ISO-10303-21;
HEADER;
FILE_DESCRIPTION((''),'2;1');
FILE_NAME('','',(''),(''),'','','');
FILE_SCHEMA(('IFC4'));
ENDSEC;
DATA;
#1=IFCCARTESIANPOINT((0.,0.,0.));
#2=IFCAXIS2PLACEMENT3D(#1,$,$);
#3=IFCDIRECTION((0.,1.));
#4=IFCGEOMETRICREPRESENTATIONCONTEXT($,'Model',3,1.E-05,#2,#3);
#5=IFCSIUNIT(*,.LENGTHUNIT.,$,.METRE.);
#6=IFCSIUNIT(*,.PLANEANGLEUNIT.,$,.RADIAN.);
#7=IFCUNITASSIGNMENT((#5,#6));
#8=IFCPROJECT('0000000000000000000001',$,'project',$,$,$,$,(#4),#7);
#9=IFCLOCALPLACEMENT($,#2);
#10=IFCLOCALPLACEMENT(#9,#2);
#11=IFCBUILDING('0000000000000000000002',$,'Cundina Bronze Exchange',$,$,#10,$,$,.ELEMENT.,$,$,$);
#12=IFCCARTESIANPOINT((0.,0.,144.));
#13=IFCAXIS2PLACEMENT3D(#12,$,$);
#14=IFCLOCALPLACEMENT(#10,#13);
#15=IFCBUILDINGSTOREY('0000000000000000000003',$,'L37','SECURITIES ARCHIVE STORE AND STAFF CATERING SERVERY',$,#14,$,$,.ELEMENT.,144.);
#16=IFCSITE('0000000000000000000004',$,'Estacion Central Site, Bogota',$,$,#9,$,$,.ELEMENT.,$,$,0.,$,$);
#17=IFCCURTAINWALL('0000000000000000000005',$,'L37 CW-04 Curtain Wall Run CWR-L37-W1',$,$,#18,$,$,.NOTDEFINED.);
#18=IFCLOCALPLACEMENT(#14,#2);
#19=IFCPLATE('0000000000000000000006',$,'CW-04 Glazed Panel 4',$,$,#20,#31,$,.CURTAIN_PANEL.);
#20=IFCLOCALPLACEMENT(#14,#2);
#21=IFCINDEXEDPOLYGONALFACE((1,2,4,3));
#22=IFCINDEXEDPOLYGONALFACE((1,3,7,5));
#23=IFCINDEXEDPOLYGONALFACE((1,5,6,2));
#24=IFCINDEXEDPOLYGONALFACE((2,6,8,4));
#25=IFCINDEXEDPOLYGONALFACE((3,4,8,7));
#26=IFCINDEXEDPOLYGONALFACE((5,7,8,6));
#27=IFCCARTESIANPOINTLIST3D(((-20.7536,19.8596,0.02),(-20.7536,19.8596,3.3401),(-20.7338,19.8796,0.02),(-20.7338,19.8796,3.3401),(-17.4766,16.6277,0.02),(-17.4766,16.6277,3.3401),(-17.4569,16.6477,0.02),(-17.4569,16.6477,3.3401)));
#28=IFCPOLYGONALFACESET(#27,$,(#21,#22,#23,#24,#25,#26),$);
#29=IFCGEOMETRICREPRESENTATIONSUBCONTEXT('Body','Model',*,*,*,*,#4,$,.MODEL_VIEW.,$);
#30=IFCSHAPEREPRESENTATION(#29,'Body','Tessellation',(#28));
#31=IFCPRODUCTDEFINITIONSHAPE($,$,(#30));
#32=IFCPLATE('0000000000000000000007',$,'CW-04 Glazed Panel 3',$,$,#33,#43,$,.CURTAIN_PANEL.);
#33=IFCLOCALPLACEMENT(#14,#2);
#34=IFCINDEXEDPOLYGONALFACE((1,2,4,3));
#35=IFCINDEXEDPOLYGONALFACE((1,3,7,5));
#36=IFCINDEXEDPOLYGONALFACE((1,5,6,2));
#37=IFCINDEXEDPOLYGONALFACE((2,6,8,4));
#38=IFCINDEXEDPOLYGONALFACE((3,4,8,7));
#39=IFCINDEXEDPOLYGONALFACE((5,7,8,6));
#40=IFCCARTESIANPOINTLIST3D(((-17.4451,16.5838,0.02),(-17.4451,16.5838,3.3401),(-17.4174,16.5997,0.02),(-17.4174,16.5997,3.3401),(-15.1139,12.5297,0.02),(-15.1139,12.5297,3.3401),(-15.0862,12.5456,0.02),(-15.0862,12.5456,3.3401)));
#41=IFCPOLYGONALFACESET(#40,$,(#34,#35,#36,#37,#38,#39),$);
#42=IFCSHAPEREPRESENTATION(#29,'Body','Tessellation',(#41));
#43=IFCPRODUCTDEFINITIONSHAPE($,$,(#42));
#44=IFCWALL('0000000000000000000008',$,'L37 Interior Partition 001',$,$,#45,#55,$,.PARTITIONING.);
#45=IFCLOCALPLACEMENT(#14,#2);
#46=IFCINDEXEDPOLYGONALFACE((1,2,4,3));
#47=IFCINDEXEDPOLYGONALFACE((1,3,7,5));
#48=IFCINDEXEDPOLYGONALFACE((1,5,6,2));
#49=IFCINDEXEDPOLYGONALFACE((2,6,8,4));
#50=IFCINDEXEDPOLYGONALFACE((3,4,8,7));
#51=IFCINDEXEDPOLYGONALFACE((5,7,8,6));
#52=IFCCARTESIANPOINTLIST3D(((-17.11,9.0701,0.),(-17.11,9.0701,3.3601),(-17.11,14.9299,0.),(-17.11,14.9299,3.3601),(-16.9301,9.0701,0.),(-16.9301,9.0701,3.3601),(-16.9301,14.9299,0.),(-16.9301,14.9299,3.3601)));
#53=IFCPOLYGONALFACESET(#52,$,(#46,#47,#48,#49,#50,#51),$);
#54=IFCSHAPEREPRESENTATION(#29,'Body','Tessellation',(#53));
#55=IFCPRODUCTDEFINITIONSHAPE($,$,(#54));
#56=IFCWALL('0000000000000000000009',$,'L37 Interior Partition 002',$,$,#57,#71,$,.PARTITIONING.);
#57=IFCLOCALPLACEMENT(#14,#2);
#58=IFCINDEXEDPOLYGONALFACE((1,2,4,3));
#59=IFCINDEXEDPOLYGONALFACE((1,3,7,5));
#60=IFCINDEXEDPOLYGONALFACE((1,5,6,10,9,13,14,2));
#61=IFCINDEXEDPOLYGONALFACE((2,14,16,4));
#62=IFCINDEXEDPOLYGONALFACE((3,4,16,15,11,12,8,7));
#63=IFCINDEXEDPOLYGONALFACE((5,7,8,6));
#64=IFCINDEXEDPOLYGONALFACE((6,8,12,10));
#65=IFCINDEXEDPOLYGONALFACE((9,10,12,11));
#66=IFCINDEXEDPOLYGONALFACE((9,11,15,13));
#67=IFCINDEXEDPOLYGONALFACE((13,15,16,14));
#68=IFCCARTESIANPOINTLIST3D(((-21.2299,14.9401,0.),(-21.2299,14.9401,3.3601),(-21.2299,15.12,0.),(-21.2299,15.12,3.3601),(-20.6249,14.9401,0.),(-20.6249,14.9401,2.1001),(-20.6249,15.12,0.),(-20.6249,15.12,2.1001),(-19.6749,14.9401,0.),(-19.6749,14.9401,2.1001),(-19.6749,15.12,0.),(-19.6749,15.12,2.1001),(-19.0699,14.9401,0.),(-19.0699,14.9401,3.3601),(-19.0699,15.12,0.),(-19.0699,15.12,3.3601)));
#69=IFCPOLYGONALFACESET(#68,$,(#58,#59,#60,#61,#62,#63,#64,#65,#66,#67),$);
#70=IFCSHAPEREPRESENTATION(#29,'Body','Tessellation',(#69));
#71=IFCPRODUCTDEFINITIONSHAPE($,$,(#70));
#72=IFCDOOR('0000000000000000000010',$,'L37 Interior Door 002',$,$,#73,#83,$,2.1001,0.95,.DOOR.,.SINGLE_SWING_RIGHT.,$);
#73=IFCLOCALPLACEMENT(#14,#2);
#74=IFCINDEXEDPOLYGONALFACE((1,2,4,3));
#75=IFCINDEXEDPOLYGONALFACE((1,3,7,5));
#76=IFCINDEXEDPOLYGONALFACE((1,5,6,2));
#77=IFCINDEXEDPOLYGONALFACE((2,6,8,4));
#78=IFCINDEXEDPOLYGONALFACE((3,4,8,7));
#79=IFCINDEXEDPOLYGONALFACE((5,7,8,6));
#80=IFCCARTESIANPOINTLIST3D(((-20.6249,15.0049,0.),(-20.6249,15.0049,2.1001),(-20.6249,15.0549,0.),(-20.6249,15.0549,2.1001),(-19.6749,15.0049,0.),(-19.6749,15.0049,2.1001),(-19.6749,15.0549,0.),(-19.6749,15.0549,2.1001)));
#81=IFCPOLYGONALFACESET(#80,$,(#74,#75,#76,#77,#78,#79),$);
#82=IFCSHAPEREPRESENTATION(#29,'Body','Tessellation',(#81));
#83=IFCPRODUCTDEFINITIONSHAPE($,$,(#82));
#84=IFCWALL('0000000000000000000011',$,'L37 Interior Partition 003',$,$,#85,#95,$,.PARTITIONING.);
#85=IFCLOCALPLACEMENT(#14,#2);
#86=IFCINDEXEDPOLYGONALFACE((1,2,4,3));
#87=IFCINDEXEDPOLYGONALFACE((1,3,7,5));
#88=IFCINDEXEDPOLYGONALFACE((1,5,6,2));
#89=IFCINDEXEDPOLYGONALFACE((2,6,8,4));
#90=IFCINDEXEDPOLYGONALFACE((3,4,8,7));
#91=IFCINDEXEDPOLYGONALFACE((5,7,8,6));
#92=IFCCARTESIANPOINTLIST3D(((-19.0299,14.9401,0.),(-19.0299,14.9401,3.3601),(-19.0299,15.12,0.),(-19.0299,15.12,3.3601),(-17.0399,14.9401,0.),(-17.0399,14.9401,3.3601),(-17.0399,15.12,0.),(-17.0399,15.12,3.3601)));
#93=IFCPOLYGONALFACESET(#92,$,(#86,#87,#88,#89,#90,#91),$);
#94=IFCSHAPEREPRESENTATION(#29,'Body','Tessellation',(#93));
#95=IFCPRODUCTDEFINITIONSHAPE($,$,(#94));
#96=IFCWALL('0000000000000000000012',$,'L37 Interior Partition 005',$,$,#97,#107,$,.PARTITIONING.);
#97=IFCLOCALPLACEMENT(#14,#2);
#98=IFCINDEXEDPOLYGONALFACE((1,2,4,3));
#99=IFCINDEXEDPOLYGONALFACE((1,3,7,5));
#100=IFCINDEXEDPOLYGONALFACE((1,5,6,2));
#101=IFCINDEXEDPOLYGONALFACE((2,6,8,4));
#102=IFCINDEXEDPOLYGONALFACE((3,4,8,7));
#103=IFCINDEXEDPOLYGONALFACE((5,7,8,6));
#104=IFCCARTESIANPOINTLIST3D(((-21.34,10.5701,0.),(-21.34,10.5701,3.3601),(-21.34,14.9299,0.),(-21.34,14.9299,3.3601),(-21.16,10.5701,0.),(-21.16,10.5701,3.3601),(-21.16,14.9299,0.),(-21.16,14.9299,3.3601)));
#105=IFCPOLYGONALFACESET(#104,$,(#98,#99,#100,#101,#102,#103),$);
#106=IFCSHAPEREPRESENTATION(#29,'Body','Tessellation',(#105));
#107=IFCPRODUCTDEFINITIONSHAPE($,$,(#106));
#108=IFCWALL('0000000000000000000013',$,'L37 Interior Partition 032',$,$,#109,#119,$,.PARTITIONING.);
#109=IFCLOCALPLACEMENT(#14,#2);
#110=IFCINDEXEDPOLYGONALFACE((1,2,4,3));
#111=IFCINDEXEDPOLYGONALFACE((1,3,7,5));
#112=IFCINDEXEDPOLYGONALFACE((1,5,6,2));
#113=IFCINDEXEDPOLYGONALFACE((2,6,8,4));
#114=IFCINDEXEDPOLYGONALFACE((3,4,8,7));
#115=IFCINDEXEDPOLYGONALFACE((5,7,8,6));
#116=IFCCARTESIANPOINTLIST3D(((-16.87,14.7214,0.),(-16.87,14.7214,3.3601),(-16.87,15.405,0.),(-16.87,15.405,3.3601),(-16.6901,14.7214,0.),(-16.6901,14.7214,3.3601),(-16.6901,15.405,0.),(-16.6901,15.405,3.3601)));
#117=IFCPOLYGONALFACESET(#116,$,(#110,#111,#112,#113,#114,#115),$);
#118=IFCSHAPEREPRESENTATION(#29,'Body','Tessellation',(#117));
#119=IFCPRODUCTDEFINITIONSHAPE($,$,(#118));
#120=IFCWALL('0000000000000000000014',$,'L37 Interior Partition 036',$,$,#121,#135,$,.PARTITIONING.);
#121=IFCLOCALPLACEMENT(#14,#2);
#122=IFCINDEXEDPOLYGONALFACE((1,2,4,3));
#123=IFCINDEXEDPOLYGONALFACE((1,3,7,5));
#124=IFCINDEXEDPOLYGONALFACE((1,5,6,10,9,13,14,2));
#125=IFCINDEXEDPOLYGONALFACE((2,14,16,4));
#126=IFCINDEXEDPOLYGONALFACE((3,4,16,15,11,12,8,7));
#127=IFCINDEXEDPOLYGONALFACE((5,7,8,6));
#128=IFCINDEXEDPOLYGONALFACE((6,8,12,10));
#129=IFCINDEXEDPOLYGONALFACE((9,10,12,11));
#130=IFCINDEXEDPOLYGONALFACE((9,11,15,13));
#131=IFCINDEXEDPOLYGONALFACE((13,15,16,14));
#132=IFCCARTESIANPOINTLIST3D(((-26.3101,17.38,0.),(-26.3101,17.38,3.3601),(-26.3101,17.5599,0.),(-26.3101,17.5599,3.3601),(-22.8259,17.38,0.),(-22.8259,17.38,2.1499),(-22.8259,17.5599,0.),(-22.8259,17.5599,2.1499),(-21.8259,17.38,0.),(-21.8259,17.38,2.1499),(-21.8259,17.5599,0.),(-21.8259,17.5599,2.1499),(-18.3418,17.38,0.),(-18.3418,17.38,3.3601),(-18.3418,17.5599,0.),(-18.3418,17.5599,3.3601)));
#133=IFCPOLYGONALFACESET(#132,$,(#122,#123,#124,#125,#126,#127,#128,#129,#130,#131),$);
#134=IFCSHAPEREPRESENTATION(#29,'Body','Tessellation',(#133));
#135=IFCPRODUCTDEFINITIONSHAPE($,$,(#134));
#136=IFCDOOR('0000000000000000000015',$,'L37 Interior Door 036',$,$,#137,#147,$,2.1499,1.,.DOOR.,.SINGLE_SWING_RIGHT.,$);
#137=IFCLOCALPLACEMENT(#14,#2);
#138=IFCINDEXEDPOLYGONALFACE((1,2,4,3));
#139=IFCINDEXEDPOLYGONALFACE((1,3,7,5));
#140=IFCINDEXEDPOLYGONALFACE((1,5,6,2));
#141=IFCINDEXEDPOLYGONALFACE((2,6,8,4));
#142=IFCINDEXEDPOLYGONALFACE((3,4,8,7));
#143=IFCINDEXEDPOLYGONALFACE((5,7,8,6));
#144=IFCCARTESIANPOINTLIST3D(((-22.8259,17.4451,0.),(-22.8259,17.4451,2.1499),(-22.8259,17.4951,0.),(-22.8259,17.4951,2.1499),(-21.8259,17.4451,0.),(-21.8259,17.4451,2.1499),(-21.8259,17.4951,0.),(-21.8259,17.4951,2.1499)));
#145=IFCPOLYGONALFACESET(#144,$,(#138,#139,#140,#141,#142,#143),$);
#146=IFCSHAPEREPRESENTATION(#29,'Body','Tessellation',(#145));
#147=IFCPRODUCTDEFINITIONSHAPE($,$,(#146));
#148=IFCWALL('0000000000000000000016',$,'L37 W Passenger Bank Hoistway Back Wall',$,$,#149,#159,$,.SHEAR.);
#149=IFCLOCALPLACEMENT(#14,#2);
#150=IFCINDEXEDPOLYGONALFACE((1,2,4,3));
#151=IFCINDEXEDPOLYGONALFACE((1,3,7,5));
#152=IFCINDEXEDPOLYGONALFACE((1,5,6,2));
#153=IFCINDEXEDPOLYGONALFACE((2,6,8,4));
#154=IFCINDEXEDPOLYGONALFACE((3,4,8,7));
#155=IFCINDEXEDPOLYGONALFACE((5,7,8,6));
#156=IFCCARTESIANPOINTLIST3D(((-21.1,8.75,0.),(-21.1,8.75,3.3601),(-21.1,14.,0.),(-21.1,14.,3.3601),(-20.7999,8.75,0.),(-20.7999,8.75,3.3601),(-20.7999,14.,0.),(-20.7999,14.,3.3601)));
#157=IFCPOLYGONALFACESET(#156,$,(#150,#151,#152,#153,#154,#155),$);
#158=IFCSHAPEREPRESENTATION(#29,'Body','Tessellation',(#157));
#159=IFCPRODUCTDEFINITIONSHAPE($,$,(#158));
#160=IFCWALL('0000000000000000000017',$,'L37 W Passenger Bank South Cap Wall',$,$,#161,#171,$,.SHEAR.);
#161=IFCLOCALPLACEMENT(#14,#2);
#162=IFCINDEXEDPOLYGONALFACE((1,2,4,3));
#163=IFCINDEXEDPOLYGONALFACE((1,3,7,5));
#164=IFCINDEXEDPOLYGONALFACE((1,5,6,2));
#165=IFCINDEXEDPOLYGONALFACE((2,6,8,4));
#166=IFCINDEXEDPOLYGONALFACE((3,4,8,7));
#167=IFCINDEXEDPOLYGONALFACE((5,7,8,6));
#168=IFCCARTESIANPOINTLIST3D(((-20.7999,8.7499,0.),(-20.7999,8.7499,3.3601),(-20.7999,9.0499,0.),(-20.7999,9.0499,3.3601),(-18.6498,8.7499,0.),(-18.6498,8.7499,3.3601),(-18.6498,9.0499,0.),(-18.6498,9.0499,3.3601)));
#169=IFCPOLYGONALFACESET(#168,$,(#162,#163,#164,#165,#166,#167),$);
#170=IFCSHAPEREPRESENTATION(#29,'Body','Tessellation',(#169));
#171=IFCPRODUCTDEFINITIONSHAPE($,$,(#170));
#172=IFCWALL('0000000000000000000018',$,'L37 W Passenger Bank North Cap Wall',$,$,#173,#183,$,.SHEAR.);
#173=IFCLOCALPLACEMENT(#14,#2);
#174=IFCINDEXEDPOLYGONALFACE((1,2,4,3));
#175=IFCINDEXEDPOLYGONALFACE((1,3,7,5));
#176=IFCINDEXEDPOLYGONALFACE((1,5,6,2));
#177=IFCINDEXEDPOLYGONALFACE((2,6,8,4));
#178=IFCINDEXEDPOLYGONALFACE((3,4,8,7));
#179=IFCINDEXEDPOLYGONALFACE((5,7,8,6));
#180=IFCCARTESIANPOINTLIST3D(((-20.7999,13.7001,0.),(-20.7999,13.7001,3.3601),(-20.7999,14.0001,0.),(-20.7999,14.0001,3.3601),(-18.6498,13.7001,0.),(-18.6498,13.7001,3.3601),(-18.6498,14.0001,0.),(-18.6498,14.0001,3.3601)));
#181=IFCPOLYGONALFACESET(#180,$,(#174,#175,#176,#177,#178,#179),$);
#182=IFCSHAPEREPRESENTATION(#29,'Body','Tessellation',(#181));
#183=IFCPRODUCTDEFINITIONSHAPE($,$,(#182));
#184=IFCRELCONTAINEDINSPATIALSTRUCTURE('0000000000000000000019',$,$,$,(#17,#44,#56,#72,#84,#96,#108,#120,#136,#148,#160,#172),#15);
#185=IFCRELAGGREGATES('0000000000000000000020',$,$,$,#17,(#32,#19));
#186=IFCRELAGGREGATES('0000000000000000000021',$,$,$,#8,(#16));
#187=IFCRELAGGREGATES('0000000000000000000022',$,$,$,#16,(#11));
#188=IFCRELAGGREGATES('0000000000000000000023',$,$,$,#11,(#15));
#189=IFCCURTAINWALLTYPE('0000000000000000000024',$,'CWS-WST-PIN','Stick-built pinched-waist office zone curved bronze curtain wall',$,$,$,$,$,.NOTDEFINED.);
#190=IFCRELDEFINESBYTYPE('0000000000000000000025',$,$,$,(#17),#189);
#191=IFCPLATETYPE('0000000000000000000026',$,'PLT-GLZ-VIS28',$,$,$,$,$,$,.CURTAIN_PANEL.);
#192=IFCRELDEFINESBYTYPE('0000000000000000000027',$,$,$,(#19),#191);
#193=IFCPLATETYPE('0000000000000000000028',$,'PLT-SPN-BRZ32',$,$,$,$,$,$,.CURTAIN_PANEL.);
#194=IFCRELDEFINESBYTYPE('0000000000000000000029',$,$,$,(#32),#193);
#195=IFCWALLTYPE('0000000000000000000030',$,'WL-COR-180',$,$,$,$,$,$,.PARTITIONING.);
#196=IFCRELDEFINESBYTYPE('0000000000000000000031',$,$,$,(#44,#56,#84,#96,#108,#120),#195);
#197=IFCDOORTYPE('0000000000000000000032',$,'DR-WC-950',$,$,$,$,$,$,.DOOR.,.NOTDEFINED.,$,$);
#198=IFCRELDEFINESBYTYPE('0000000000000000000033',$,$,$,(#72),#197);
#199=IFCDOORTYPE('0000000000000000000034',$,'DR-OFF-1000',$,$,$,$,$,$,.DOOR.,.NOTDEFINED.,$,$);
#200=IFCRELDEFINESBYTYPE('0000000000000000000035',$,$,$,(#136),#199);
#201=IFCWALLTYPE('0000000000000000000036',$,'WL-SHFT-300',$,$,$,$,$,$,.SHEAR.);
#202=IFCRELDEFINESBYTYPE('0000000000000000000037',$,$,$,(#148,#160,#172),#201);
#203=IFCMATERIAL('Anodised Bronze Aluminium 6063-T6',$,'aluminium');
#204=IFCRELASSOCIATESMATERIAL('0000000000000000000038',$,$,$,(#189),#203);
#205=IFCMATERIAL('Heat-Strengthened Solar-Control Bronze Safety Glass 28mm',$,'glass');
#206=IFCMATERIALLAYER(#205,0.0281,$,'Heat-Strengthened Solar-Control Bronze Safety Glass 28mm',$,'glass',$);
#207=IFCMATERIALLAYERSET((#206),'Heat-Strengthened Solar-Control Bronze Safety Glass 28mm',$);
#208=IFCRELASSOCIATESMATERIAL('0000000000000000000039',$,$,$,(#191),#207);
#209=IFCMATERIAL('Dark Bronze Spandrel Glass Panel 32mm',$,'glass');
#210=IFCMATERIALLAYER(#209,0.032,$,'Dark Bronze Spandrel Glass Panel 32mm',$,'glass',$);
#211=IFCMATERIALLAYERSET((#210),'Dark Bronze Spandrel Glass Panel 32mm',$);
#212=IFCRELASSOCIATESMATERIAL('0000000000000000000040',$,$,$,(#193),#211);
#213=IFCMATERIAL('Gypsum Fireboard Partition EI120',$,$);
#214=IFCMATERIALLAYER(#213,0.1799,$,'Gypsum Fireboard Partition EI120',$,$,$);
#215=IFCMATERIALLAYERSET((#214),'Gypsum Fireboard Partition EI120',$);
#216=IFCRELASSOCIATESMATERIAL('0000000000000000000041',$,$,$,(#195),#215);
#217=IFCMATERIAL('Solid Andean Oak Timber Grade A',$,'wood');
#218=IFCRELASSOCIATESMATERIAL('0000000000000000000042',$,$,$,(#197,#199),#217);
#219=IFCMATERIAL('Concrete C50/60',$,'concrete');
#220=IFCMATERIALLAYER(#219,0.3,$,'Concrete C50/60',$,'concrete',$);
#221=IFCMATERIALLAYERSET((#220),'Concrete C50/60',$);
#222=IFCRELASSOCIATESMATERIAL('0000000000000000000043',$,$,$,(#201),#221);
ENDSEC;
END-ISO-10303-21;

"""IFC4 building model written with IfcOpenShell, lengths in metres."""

from ifc_helpers import new_model, si_unit, direction, frame, frame_2d, origin, origin_2d, place, context, subcontext, project, spatial, rectangle, extrude, material, layer, layer_set, type_object, element, fill, aggregate, save


model = new_model("IFC4")

# Units and contexts
model_context = context("Model", 3, precision=1e-05, world=origin(), true_north=direction((0.0, 1.0)))
body_context = subcontext(model_context, "Body", "Model", "MODEL_VIEW")
ifc_project = project(units=[si_unit("LENGTHUNIT", "METRE"), si_unit("PLANEANGLEUNIT", "RADIAN")], contexts=[model_context])

# Site, building, storey
site_placement = place(None, origin())
site = spatial("IfcSite", under=ifc_project, at=site_placement, Name="Estacion Central Site, Bogota", CompositionType="ELEMENT", RefElevation=0.0)
building_placement = place(site_placement, origin())
building = spatial("IfcBuilding", under=site, at=building_placement, Name="Cundina Bronze Exchange", CompositionType="ELEMENT")
storey_placement = place(building_placement, frame((0.0, 0.0, 144.0)))
storey = spatial("IfcBuildingStorey", under=building, at=storey_placement, Name="L37", Description="SECURITIES ARCHIVE STORE AND STAFF CATERING SERVERY", CompositionType="ELEMENT", Elevation=144.0)

# Shared definitions
ifc_material_1 = material(Name="Concrete C50/60", Category="concrete")

# Curtain wall, plates
ifc_material_2 = material(Name="Anodised Bronze Aluminium 6063-T6", Category="aluminium")
curtain_wall_type = type_object("IfcCurtainWallType", Name="CWS-WST-PIN", Description="Stick-built pinched-waist office zone curved bronze curtain wall", PredefinedType="NOTDEFINED", material=ifc_material_2)
curtain_wall_placement = place(storey_placement, origin())
curtain_wall = element("IfcCurtainWall", 1, at=curtain_wall_placement, inside=storey, type_object=curtain_wall_type, Name="L37 CW-04 Curtain Wall Run CWR-L37-W1", PredefinedType="NOTDEFINED")
ifc_material_3 = material(Name="Heat-Strengthened Solar-Control Bronze Safety Glass 28mm", Category="glass")
ifc_layer_1 = layer(ifc_material_3, 0.0281, Name="Heat-Strengthened Solar-Control Bronze Safety Glass 28mm", Category="glass")
ifc_layer_set_1 = layer_set([ifc_layer_1], Name="Heat-Strengthened Solar-Control Bronze Safety Glass 28mm")
plate_type_1 = type_object("IfcPlateType", Name="PLT-GLZ-VIS28", PredefinedType="CURTAIN_PANEL", material=ifc_layer_set_1)
plate_1_placement = place(storey_placement, frame((-19.1052, 18.2537, 0.02), z_axis=(0.0, 0.0, 1.0), x_axis=(-0.711989, 0.70219, 0.0)))
plate_1 = element("IfcPlate", 2, at=plate_1_placement, type_object=plate_type_1, Name="CW-04 Glazed Panel 4", PredefinedType="CURTAIN_PANEL", context=body_context, shape_type="SweptSolid", body=[
    extrude(rectangle(XDim=4.6025, YDim=0.0281, at=origin_2d()), origin(), (0.0, 0.0, 1.0), 3.3201),
])
ifc_material_4 = material(Name="Dark Bronze Spandrel Glass Panel 32mm", Category="glass")
ifc_layer_2 = layer(ifc_material_4, 0.032, Name="Dark Bronze Spandrel Glass Panel 32mm", Category="glass")
ifc_layer_set_2 = layer_set([ifc_layer_2], Name="Dark Bronze Spandrel Glass Panel 32mm")
plate_type_2 = type_object("IfcPlateType", Name="PLT-SPN-BRZ32", PredefinedType="CURTAIN_PANEL", material=ifc_layer_set_2)
plate_2_placement = place(storey_placement, frame((-16.2656, 14.5647, 0.02), z_axis=(0.0, 0.0, 1.0), x_axis=(-0.498488, 0.866897, 0.0)))
plate_2 = element("IfcPlate", 3, at=plate_2_placement, type_object=plate_type_2, Name="CW-04 Glazed Panel 3", PredefinedType="CURTAIN_PANEL", context=body_context, shape_type="SweptSolid", body=[
    extrude(rectangle(XDim=4.6765, YDim=0.032, at=origin_2d()), origin(), (0.0, 0.0, 1.0), 3.3201),
])
aggregate(curtain_wall, [plate_2, plate_1])

# Wall
ifc_material_5 = material(Name="Gypsum Fireboard Partition EI120")
ifc_layer_3 = layer(ifc_material_5, 0.1799, Name="Gypsum Fireboard Partition EI120")
ifc_layer_set_3 = layer_set([ifc_layer_3], Name="Gypsum Fireboard Partition EI120")
wall_type_1 = type_object("IfcWallType", Name="WL-COR-180", PredefinedType="PARTITIONING", material=ifc_layer_set_3)
wall_1_placement = place(storey_placement, frame((-17.02, 9.0701, 0.0), z_axis=(0.0, 0.0, 1.0), x_axis=(0.0, 1.0, 0.0)))
element("IfcWall", 4, at=wall_1_placement, inside=storey, type_object=wall_type_1, Name="L37 Interior Partition 001", PredefinedType="PARTITIONING", context=body_context, shape_type="SweptSolid", body=[
    extrude(rectangle(XDim=5.8599, YDim=0.1799, at=frame_2d((2.9299, 0.0))), origin(), (0.0, 0.0, 1.0), 3.3601),
])

# Wall, opening, door
wall_2_placement = place(storey_placement, frame((-21.23, 15.03, 0.0), z_axis=(0.0, 0.0, 1.0), x_axis=(1.0, 0.0, 0.0)))
wall_2 = element("IfcWall", 5, at=wall_2_placement, inside=storey, type_object=wall_type_1, Name="L37 Interior Partition 002", PredefinedType="PARTITIONING", context=body_context, shape_type="SweptSolid", body=[
    extrude(rectangle(XDim=2.1599, YDim=0.1799, at=frame_2d((1.0801, 0.0))), origin(), (0.0, 0.0, 1.0), 3.3601),
])
opening_1_placement = place(wall_2_placement, frame((0.605, 0.0, 0.0)))
opening_1 = element("IfcOpeningElement", 6, at=opening_1_placement, cuts=wall_2, PredefinedType="OPENING", context=body_context, shape_type="SweptSolid", body=[
    extrude(rectangle(XDim=0.95, YDim=2.1001, at=frame_2d((0.4751, 1.05))), frame((0.0, 0.0999, 0.0), z_axis=(0.0, -1.0, 0.0), x_axis=(1.0, 0.0, 0.0)), (0.0, 0.0, 1.0), 0.2),
])
ifc_material_6 = material(Name="Solid Andean Oak Timber Grade A", Category="wood")
door_type_1 = type_object("IfcDoorType", Name="DR-WC-950", OperationType="NOTDEFINED", PredefinedType="DOOR", material=ifc_material_6)
door_1_placement = place(opening_1_placement, origin())
door_1 = element("IfcDoor", 7, at=door_1_placement, inside=storey, type_object=door_type_1, Name="L37 Interior Door 002", OperationType="SINGLE_SWING_RIGHT", OverallHeight=2.1001, OverallWidth=0.95, PredefinedType="DOOR", context=body_context, shape_type="SweptSolid", body=[
    extrude(rectangle(XDim=0.95, YDim=2.1001, at=frame_2d((0.4751, 1.05))), frame((0.0, 0.0249, 0.0), z_axis=(0.0, -1.0, 0.0), x_axis=(1.0, 0.0, 0.0)), (0.0, 0.0, 1.0), 0.05),
])
fill(opening_1, door_1)

# Walls
wall_3_placement = place(storey_placement, frame((-19.03, 15.03, 0.0), z_axis=(0.0, 0.0, 1.0), x_axis=(1.0, 0.0, 0.0)))
element("IfcWall", 8, at=wall_3_placement, inside=storey, type_object=wall_type_1, Name="L37 Interior Partition 003", PredefinedType="PARTITIONING", context=body_context, shape_type="SweptSolid", body=[
    extrude(rectangle(XDim=1.99, YDim=0.1799, at=frame_2d((0.9951, 0.0))), origin(), (0.0, 0.0, 1.0), 3.3601),
])
wall_4_placement = place(storey_placement, frame((-21.25, 10.5701, 0.0), z_axis=(0.0, 0.0, 1.0), x_axis=(0.0, 1.0, 0.0)))
element("IfcWall", 9, at=wall_4_placement, inside=storey, type_object=wall_type_1, Name="L37 Interior Partition 005", PredefinedType="PARTITIONING", context=body_context, shape_type="SweptSolid", body=[
    extrude(rectangle(XDim=4.3599, YDim=0.1799, at=frame_2d((2.1799, 0.0))), origin(), (0.0, 0.0, 1.0), 3.3601),
])
wall_5_placement = place(storey_placement, frame((-16.78, 14.7214, 0.0), z_axis=(0.0, 0.0, 1.0), x_axis=(0.0, 1.0, 0.0)))
element("IfcWall", 10, at=wall_5_placement, inside=storey, type_object=wall_type_1, Name="L37 Interior Partition 032", PredefinedType="PARTITIONING", context=body_context, shape_type="SweptSolid", body=[
    extrude(rectangle(XDim=0.6836, YDim=0.1799, at=frame_2d((0.3418, 0.0))), origin(), (0.0, 0.0, 1.0), 3.3601),
])

# Wall, opening, door
wall_6_placement = place(storey_placement, frame((-18.3418, 17.47, 0.0), z_axis=(0.0, 0.0, 1.0), x_axis=(-1.0, 0.0, 0.0)))
wall_6 = element("IfcWall", 11, at=wall_6_placement, inside=storey, type_object=wall_type_1, Name="L37 Interior Partition 036", PredefinedType="PARTITIONING", context=body_context, shape_type="SweptSolid", body=[
    extrude(rectangle(XDim=7.9683, YDim=0.1799, at=frame_2d((3.9841, 0.0))), origin(), (0.0, 0.0, 1.0), 3.3601),
])
opening_2_placement = place(wall_6_placement, frame((3.4841, 0.0, 0.0)))
opening_2 = element("IfcOpeningElement", 12, at=opening_2_placement, cuts=wall_6, PredefinedType="OPENING", context=body_context, shape_type="SweptSolid", body=[
    extrude(rectangle(XDim=1.0, YDim=2.1499, at=frame_2d((0.5, 1.075))), frame((0.0, 0.0999, 0.0), z_axis=(0.0, -1.0, 0.0), x_axis=(1.0, 0.0, 0.0)), (0.0, 0.0, 1.0), 0.2),
])
door_type_2 = type_object("IfcDoorType", Name="DR-OFF-1000", OperationType="NOTDEFINED", PredefinedType="DOOR", material=ifc_material_6)
door_2_placement = place(opening_2_placement, origin())
door_2 = element("IfcDoor", 13, at=door_2_placement, inside=storey, type_object=door_type_2, Name="L37 Interior Door 036", OperationType="SINGLE_SWING_RIGHT", OverallHeight=2.1499, OverallWidth=1.0, PredefinedType="DOOR", context=body_context, shape_type="SweptSolid", body=[
    extrude(rectangle(XDim=1.0, YDim=2.1499, at=frame_2d((0.5, 1.075))), frame((0.0, 0.0249, 0.0), z_axis=(0.0, -1.0, 0.0), x_axis=(1.0, 0.0, 0.0)), (0.0, 0.0, 1.0), 0.05),
])
fill(opening_2, door_2)

# Walls
ifc_layer_4 = layer(ifc_material_1, 0.3, Name="Concrete C50/60", Category="concrete")
ifc_layer_set_4 = layer_set([ifc_layer_4], Name="Concrete C50/60")
wall_type_2 = type_object("IfcWallType", Name="WL-SHFT-300", PredefinedType="SHEAR", material=ifc_layer_set_4)
wall_7_placement = place(storey_placement, frame((-20.95, 8.75, 0.0), z_axis=(0.0, 0.0, 1.0), x_axis=(0.0, 1.0, 0.0)))
element("IfcWall", 14, at=wall_7_placement, inside=storey, type_object=wall_type_2, Name="L37 W Passenger Bank Hoistway Back Wall", PredefinedType="SHEAR", context=body_context, shape_type="SweptSolid", body=[
    extrude(rectangle(XDim=5.25, YDim=0.3, at=frame_2d((2.625, 0.0))), origin(), (0.0, 0.0, 1.0), 3.3601),
])
for number, where, z_axis, x_axis, name in (
    (15, (-20.8, 8.8999, 0.0), (0.0, 0.0, 1.0), (1.0, 0.0, 0.0), "L37 W Passenger Bank South Cap Wall"),
    (16, (-20.8, 13.8501, 0.0), (0.0, 0.0, 1.0), (1.0, 0.0, 0.0), "L37 W Passenger Bank North Cap Wall"),
):
    element("IfcWall", number, at=place(storey_placement, frame(where, z_axis=z_axis, x_axis=x_axis)), inside=storey, type_object=wall_type_2, Name=name, PredefinedType="SHEAR", context=body_context, shape_type="SweptSolid", body=[
        extrude(rectangle(XDim=2.1501, YDim=0.3, at=frame_2d((1.0752, 0.0))), origin(), (0.0, 0.0, 1.0), 3.3601),
    ])

save(model, "model.ifc")
